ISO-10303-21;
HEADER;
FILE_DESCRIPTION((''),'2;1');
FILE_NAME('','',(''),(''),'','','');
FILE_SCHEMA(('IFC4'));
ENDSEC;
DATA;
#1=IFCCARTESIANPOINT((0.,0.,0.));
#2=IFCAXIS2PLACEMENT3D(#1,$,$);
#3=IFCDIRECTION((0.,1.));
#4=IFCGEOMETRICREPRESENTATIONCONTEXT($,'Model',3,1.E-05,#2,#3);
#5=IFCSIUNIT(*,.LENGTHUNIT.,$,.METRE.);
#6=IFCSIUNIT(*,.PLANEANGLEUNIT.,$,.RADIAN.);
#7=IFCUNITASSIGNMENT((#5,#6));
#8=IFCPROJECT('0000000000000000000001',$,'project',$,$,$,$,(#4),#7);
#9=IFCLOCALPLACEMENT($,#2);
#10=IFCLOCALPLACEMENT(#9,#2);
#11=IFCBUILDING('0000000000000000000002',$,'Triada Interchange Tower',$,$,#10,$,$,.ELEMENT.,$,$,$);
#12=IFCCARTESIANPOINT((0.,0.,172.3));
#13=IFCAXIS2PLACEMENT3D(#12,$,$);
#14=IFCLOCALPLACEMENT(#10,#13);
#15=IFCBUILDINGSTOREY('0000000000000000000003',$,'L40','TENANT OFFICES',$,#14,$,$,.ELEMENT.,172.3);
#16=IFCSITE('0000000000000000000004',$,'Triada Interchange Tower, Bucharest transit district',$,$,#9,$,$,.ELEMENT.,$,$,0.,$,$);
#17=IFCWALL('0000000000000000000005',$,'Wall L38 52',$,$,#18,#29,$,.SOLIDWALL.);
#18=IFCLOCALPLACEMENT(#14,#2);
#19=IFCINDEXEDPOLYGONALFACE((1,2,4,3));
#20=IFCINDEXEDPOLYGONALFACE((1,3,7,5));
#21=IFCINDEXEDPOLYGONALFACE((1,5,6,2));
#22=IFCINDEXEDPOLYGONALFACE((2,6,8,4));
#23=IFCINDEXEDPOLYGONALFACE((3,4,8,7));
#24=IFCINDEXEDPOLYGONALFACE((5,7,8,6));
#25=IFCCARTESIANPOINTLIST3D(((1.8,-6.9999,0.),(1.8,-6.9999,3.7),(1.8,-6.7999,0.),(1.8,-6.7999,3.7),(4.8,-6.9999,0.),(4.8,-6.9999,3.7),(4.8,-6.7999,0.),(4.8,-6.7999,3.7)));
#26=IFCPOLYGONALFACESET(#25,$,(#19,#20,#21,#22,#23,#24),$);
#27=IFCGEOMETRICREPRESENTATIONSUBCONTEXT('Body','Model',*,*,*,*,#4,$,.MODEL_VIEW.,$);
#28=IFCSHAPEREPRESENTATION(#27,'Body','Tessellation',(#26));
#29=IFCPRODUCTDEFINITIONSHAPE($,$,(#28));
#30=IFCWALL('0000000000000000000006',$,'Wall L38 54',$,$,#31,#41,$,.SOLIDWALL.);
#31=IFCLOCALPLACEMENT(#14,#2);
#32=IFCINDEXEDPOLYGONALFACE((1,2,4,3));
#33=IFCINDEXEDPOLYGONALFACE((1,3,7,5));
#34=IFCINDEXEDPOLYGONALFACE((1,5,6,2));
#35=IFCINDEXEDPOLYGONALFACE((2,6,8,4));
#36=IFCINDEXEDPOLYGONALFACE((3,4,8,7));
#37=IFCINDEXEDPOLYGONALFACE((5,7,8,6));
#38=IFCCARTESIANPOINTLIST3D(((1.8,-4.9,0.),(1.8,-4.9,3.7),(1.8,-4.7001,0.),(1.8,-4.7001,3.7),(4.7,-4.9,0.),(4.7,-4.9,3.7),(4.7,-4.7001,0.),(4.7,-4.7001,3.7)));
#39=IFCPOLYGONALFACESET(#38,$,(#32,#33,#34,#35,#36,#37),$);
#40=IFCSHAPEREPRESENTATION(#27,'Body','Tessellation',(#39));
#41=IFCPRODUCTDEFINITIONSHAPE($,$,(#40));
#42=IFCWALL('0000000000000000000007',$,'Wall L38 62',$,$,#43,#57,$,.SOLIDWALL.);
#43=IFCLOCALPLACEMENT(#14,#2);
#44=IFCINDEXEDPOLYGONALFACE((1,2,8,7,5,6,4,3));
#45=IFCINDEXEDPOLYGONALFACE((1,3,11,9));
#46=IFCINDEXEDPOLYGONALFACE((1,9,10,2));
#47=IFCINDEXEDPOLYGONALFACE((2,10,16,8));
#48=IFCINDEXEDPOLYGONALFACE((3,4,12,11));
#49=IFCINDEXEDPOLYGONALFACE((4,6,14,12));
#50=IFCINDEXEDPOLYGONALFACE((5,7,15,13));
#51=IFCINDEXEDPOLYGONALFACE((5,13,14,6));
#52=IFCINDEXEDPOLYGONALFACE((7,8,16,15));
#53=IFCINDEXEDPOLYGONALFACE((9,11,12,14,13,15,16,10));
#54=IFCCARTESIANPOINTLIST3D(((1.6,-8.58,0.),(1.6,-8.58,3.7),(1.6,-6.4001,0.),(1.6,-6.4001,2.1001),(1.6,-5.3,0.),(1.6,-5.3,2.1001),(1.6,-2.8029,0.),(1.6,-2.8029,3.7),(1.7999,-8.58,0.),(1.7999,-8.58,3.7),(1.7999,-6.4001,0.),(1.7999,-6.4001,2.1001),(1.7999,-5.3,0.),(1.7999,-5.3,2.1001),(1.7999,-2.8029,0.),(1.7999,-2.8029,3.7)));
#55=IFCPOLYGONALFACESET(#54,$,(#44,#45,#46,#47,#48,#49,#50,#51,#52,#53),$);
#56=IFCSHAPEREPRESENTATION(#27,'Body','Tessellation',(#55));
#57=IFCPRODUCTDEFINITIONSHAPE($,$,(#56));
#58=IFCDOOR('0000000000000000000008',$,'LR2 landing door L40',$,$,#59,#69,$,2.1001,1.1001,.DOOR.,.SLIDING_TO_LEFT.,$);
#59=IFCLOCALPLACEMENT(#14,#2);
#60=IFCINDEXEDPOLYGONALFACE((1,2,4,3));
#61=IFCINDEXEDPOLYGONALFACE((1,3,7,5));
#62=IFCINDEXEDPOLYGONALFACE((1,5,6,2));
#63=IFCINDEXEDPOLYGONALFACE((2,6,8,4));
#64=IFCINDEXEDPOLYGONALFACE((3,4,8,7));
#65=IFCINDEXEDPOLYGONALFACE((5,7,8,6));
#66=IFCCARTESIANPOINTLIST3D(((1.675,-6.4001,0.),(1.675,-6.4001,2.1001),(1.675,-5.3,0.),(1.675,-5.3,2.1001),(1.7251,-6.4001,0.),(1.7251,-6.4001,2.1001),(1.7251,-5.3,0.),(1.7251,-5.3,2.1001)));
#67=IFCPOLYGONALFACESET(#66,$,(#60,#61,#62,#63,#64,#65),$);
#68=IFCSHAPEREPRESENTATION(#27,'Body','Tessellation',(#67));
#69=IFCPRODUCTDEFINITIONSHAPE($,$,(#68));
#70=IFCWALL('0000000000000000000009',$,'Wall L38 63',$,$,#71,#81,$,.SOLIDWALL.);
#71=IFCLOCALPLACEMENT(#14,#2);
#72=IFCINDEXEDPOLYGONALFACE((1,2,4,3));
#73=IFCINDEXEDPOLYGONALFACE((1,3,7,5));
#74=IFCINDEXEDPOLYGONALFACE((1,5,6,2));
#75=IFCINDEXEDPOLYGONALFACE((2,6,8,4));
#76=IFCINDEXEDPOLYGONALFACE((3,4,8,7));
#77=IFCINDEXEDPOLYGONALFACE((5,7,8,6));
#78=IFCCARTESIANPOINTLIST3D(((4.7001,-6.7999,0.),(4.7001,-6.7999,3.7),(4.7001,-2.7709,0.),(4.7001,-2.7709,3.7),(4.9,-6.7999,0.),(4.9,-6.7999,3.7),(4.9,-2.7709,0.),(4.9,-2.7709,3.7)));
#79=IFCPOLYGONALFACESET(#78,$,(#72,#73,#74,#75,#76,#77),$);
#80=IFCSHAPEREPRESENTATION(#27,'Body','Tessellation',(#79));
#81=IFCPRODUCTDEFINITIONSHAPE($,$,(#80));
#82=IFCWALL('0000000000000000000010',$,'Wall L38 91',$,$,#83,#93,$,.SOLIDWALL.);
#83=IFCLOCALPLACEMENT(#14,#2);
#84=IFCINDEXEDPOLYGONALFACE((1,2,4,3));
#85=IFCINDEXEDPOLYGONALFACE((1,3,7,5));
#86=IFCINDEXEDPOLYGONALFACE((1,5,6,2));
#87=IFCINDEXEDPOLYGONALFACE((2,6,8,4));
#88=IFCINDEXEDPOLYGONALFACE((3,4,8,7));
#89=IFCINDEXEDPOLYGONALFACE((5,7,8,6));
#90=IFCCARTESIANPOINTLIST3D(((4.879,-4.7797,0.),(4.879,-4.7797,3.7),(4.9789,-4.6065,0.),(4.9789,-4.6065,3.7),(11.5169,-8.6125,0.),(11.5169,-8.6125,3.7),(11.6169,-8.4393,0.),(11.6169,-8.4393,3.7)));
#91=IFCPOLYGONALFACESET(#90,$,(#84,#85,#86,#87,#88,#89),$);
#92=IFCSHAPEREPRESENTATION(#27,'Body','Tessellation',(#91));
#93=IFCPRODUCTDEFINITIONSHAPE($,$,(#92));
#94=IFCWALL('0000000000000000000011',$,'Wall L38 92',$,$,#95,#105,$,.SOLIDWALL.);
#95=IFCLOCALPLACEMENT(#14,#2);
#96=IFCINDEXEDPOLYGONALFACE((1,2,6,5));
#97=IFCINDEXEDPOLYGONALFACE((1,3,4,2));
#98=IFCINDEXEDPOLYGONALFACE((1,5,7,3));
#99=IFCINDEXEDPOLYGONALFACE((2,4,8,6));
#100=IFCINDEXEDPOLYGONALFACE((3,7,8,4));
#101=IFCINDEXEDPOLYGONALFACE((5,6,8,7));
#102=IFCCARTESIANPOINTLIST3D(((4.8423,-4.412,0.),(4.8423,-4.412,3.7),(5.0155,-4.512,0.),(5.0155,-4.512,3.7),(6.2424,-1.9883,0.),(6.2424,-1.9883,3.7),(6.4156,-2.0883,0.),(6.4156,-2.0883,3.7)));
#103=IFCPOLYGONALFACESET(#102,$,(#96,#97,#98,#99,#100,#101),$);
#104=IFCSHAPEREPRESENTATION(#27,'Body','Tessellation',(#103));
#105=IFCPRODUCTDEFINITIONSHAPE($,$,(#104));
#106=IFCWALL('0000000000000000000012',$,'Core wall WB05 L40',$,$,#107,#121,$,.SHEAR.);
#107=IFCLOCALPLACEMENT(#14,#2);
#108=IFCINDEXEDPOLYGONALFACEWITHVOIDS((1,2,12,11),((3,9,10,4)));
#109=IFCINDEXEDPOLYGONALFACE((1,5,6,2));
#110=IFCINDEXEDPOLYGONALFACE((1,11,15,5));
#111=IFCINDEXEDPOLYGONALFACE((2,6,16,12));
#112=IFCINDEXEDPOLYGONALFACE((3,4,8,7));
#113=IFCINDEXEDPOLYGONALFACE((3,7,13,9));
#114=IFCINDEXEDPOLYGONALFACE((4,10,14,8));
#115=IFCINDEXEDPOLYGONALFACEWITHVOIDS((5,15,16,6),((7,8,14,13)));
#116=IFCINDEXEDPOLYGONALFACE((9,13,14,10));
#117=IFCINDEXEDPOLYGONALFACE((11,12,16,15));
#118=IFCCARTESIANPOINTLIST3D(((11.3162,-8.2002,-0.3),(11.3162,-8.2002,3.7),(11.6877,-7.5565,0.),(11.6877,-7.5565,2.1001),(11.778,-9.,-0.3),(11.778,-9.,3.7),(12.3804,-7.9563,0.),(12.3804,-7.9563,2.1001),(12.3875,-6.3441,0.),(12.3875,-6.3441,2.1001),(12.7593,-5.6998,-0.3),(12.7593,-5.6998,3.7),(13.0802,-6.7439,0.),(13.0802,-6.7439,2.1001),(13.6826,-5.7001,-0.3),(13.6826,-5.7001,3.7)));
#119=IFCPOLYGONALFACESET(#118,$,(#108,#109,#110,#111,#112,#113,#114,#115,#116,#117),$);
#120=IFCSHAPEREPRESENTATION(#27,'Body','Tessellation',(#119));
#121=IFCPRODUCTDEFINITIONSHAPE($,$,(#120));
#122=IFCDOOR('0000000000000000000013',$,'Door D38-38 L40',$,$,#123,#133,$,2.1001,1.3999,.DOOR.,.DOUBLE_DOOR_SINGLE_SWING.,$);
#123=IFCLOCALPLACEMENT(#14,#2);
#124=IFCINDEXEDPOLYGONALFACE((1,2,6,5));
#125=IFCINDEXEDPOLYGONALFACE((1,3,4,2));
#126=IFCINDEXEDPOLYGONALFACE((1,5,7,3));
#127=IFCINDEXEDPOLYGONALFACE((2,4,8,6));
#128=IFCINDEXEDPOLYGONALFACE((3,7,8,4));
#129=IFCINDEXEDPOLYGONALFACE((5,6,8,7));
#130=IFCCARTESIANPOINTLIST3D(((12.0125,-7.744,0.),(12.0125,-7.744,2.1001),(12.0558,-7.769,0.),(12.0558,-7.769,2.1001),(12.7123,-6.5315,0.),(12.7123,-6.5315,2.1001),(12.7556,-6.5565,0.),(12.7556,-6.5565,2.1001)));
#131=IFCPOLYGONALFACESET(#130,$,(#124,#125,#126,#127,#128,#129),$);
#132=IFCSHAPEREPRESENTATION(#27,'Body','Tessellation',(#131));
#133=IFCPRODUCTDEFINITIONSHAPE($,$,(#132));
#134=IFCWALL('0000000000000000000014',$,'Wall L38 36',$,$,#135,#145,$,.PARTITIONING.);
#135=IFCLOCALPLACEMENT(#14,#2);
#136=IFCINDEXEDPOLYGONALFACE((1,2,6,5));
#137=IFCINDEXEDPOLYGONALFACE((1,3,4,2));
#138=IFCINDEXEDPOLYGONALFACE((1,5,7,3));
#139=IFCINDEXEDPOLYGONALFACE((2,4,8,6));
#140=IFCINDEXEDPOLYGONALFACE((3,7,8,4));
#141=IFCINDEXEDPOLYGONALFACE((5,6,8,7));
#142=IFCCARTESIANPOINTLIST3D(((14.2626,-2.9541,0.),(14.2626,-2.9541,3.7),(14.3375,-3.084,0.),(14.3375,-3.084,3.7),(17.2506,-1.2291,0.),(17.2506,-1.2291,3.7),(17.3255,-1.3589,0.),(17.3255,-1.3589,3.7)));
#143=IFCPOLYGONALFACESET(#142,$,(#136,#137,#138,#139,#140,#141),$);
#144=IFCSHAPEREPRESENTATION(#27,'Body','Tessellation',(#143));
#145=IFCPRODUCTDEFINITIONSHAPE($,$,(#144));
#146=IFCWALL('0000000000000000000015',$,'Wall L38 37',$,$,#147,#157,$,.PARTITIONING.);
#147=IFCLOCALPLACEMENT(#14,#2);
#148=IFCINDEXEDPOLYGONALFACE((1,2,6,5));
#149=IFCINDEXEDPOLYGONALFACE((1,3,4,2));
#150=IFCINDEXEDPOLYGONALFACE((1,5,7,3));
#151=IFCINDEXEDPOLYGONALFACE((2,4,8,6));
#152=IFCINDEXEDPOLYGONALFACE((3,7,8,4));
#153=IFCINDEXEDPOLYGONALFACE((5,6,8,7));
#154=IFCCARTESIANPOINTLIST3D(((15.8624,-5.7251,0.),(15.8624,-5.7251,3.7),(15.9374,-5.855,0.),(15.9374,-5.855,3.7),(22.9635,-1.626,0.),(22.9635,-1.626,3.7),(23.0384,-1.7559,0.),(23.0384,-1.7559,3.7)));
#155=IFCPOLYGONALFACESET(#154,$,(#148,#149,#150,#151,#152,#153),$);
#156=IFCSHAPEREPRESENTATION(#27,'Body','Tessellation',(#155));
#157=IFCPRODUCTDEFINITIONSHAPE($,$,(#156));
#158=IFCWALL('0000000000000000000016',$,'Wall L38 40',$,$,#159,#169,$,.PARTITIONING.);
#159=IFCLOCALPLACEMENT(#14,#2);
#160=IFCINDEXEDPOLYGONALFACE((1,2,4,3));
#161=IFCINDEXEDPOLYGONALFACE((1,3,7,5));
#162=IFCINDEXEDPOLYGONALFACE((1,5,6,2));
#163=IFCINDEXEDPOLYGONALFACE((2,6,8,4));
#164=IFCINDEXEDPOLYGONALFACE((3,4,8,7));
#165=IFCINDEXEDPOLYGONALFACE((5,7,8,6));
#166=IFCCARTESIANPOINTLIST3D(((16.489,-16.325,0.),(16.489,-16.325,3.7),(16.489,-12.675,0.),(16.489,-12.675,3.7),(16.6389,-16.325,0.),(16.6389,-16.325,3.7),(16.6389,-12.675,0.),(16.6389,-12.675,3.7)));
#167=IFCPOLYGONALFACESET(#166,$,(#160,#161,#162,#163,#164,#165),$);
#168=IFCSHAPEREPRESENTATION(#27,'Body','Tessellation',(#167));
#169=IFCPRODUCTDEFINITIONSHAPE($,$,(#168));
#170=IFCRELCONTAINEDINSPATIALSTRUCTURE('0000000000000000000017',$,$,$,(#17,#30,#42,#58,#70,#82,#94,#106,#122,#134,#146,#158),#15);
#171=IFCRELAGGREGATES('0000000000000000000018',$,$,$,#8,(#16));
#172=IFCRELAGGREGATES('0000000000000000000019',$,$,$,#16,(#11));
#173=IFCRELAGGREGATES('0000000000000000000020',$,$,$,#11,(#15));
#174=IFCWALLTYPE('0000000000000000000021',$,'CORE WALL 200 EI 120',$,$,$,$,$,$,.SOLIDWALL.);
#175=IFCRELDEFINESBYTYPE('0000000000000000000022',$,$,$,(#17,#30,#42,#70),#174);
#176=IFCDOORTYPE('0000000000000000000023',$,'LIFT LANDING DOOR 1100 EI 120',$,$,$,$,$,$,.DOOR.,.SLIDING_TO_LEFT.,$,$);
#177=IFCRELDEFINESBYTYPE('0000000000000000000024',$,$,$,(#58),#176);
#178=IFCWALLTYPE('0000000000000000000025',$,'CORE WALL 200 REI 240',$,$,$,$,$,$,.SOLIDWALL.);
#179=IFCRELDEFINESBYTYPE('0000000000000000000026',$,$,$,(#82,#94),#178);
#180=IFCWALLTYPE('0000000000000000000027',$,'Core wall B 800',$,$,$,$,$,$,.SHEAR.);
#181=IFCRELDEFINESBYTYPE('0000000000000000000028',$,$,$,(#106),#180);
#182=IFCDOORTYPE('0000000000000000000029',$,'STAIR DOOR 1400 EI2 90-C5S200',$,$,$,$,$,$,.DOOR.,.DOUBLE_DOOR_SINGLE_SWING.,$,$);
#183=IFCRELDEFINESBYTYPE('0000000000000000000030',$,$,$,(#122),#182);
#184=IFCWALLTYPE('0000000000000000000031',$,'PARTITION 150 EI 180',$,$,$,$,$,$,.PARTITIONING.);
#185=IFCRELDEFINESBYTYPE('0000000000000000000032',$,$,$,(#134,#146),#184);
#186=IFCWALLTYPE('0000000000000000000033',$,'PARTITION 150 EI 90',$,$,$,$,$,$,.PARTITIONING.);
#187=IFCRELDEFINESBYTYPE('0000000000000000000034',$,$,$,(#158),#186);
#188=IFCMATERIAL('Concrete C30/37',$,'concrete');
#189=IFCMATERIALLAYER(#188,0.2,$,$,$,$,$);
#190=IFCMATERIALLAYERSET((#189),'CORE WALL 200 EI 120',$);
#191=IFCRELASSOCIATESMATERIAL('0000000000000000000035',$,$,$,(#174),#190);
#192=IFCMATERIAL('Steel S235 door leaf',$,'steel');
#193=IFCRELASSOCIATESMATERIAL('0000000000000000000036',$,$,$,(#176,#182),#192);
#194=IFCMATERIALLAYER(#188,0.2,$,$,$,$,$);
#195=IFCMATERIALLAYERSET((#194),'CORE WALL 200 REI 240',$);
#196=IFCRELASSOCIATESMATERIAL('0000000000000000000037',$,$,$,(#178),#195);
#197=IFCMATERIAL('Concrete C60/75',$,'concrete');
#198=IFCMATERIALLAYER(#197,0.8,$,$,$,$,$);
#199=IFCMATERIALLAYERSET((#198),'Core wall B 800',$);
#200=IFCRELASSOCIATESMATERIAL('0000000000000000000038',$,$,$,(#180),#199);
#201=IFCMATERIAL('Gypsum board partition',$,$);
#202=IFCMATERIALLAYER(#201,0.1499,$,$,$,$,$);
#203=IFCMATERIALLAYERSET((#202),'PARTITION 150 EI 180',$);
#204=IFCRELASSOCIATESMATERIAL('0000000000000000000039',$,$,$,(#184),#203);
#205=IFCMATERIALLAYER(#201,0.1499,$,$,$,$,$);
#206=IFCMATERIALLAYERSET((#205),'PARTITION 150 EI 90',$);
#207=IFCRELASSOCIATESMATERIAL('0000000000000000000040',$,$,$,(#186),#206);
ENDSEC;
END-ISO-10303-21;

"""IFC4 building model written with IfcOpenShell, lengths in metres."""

from ifc_helpers import new_model, si_unit, direction, frame, frame_2d, origin, place, context, subcontext, project, spatial, polyline, rectangle, outline, extrude, material, layer, layer_set, type_object, element, fill, save


model = new_model("IFC4")

# Units and contexts
model_context = context("Model", 3, precision=1e-05, world=origin(), true_north=direction((0.0, 1.0)))
body_context = subcontext(model_context, "Body", "Model", "MODEL_VIEW")
ifc_project = project(units=[si_unit("LENGTHUNIT", "METRE"), si_unit("PLANEANGLEUNIT", "RADIAN")], contexts=[model_context])

# Site, building, storey
site_placement = place(None, origin())
site = spatial("IfcSite", under=ifc_project, at=site_placement, Name="Triada Interchange Tower, Bucharest transit district", CompositionType="ELEMENT", RefElevation=0.0)
building_placement = place(site_placement, origin())
building = spatial("IfcBuilding", under=site, at=building_placement, Name="Triada Interchange Tower", CompositionType="ELEMENT")
storey_placement = place(building_placement, frame((0.0, 0.0, 172.3)))
storey = spatial("IfcBuildingStorey", under=building, at=storey_placement, Name="L40", Description="TENANT OFFICES", CompositionType="ELEMENT", Elevation=172.3)

# Walls
ifc_material_1 = material(Name="Concrete C30/37", Category="concrete")
ifc_layer_1 = layer(ifc_material_1, 0.2)
ifc_layer_set_1 = layer_set([ifc_layer_1], Name="CORE WALL 200 EI 120")
wall_type_1 = type_object("IfcWallType", Name="CORE WALL 200 EI 120", PredefinedType="SOLIDWALL", material=ifc_layer_set_1)
wall_1_placement = place(storey_placement, frame((1.8, -6.8999, 0.0), z_axis=(0.0, 0.0, 1.0), x_axis=(1.0, 0.0, 0.0)))
element("IfcWall", 1, at=wall_1_placement, inside=storey, type_object=wall_type_1, Name="Wall L38 52", PredefinedType="SOLIDWALL", context=body_context, shape_type="SweptSolid", body=[
    extrude(rectangle(XDim=3.0, YDim=0.2, at=frame_2d((1.5, 0.0))), origin(), (0.0, 0.0, 1.0), 3.7),
])
wall_2_placement = place(storey_placement, frame((1.8, -4.8, 0.0), z_axis=(0.0, 0.0, 1.0), x_axis=(1.0, 0.0, 0.0)))
element("IfcWall", 2, at=wall_2_placement, inside=storey, type_object=wall_type_1, Name="Wall L38 54", PredefinedType="SOLIDWALL", context=body_context, shape_type="SweptSolid", body=[
    extrude(rectangle(XDim=2.8999, YDim=0.2, at=frame_2d((1.45, 0.0))), origin(), (0.0, 0.0, 1.0), 3.7),
])

# Wall, opening, door
wall_3_placement = place(storey_placement, frame((1.7, -8.5801, 0.0), z_axis=(0.0, 0.0, 1.0), x_axis=(0.0, 1.0, 0.0)))
wall_3 = element("IfcWall", 3, at=wall_3_placement, inside=storey, type_object=wall_type_1, Name="Wall L38 62", PredefinedType="SOLIDWALL", context=body_context, shape_type="SweptSolid", body=[
    extrude(rectangle(XDim=5.7771, YDim=0.2, at=frame_2d((2.8887, 0.0))), origin(), (0.0, 0.0, 1.0), 3.7),
])
opening_1_placement = place(wall_3_placement, frame((2.1799, 0.0, 0.0)))
opening_1 = element("IfcOpeningElement", 4, at=opening_1_placement, cuts=wall_3, PredefinedType="OPENING", context=body_context, shape_type="SweptSolid", body=[
    extrude(rectangle(XDim=1.1001, YDim=2.1001, at=frame_2d((0.55, 1.05))), frame((0.0, 0.1099, 0.0), z_axis=(0.0, -1.0, 0.0), x_axis=(1.0, 0.0, 0.0)), (0.0, 0.0, 1.0), 0.22),
])
ifc_material_2 = material(Name="Steel S235 door leaf", Category="steel")
door_type_1 = type_object("IfcDoorType", Name="LIFT LANDING DOOR 1100 EI 120", OperationType="SLIDING_TO_LEFT", PredefinedType="DOOR", material=ifc_material_2)
door_1_placement = place(opening_1_placement, origin())
door_1 = element("IfcDoor", 5, at=door_1_placement, inside=storey, type_object=door_type_1, Name="LR2 landing door L40", OperationType="SLIDING_TO_LEFT", OverallHeight=2.1001, OverallWidth=1.1001, PredefinedType="DOOR", context=body_context, shape_type="SweptSolid", body=[
    extrude(rectangle(XDim=1.1001, YDim=2.1001, at=frame_2d((0.55, 1.05))), frame((0.0, 0.0249, 0.0), z_axis=(0.0, -1.0, 0.0), x_axis=(1.0, 0.0, 0.0)), (0.0, 0.0, 1.0), 0.05),
])
fill(opening_1, door_1)

# Walls
wall_4_placement = place(storey_placement, frame((4.8, -6.8, 0.0), z_axis=(0.0, 0.0, 1.0), x_axis=(0.0, 1.0, 0.0)))
element("IfcWall", 6, at=wall_4_placement, inside=storey, type_object=wall_type_1, Name="Wall L38 63", PredefinedType="SOLIDWALL", context=body_context, shape_type="SweptSolid", body=[
    extrude(rectangle(XDim=4.0291, YDim=0.2, at=frame_2d((2.0146, 0.0))), origin(), (0.0, 0.0, 1.0), 3.7),
])
ifc_layer_2 = layer(ifc_material_1, 0.2)
ifc_layer_set_2 = layer_set([ifc_layer_2], Name="CORE WALL 200 REI 240")
wall_type_2 = type_object("IfcWallType", Name="CORE WALL 200 REI 240", PredefinedType="SOLIDWALL", material=ifc_layer_set_2)
wall_5_placement = place(storey_placement, frame((4.929, -4.6931, 0.0), z_axis=(0.0, 0.0, 1.0), x_axis=(0.866006, -0.500034, 0.0)))
element("IfcWall", 7, at=wall_5_placement, inside=storey, type_object=wall_type_2, Name="Wall L38 91", PredefinedType="SOLIDWALL", context=body_context, shape_type="SweptSolid", body=[
    extrude(rectangle(XDim=7.665, YDim=0.2, at=frame_2d((3.8325, 0.0))), origin(), (0.0, 0.0, 1.0), 3.7),
])
wall_6_placement = place(storey_placement, frame((4.929, -4.4619, 0.0), z_axis=(0.0, 0.0, 1.0), x_axis=(0.500201, 0.86591, 0.0)))
element("IfcWall", 8, at=wall_6_placement, inside=storey, type_object=wall_type_2, Name="Wall L38 92", PredefinedType="SOLIDWALL", context=body_context, shape_type="SweptSolid", body=[
    extrude(rectangle(XDim=2.7991, YDim=0.2, at=frame_2d((1.3994, 0.0))), origin(), (0.0, 0.0, 1.0), 3.7),
])

# Wall, opening, door
ifc_material_3 = material(Name="Concrete C60/75", Category="concrete")
ifc_layer_3 = layer(ifc_material_3, 0.8)
ifc_layer_set_3 = layer_set([ifc_layer_3], Name="Core wall B 800")
wall_type_3 = type_object("IfcWallType", Name="Core wall B 800", PredefinedType="SHEAR", material=ifc_layer_set_3)
wall_7_placement = place(storey_placement, frame((11.5471, -8.6001, -0.3), z_axis=(0.0, 0.0, 1.0), x_axis=(0.499872, 0.866099, 0.0)))
wall_7 = element("IfcWall", 9, at=wall_7_placement, inside=storey, type_object=wall_type_3, Name="Core wall WB05 L40", PredefinedType="SHEAR", context=body_context, shape_type="SweptSolid", body=[
    extrude(outline(polyline([(-0.231, -0.3999), (1.6741, -0.3999), (3.5791, -0.3999), (3.1179, 0.3999), (1.6743, 0.3999), (0.231, 0.3999), (-0.231, -0.3999)])), origin(), (0.0, 0.0, 1.0), 4.0),
])
opening_2_placement = place(wall_7_placement, frame((0.9741, 0.0, 0.3)))
opening_2 = element("IfcOpeningElement", 10, at=opening_2_placement, cuts=wall_7, PredefinedType="OPENING", context=body_context, shape_type="SweptSolid", body=[
    extrude(rectangle(XDim=1.3999, YDim=2.1001, at=frame_2d((0.7, 1.05))), frame((0.0, 0.4099, 0.0), z_axis=(0.0, -1.0, 0.0), x_axis=(1.0, 0.0, 0.0)), (0.0, 0.0, 1.0), 0.8201),
])
door_type_2 = type_object("IfcDoorType", Name="STAIR DOOR 1400 EI2 90-C5S200", OperationType="DOUBLE_DOOR_SINGLE_SWING", PredefinedType="DOOR", material=ifc_material_2)
door_2_placement = place(opening_2_placement, origin())
door_2 = element("IfcDoor", 11, at=door_2_placement, inside=storey, type_object=door_type_2, Name="Door D38-38 L40", OperationType="DOUBLE_DOOR_SINGLE_SWING", OverallHeight=2.1001, OverallWidth=1.3999, PredefinedType="DOOR", context=body_context, shape_type="SweptSolid", body=[
    extrude(rectangle(XDim=1.3999, YDim=2.1001, at=frame_2d((0.7, 1.05))), frame((0.0, 0.0249, 0.0), z_axis=(0.0, -1.0, 0.0), x_axis=(1.0, 0.0, 0.0)), (0.0, 0.0, 1.0), 0.05),
])
fill(opening_2, door_2)

# Walls
ifc_material_4 = material(Name="Gypsum board partition")
ifc_layer_4 = layer(ifc_material_4, 0.1499)
ifc_layer_set_4 = layer_set([ifc_layer_4], Name="PARTITION 150 EI 180")
wall_type_4 = type_object("IfcWallType", Name="PARTITION 150 EI 180", PredefinedType="PARTITIONING", material=ifc_layer_set_4)
wall_8_placement = place(storey_placement, frame((14.3, -3.019, 0.0), z_axis=(0.0, 0.0, 1.0), x_axis=(0.866031, 0.49999, 0.0)))
element("IfcWall", 12, at=wall_8_placement, inside=storey, type_object=wall_type_4, Name="Wall L38 36", PredefinedType="PARTITIONING", context=body_context, shape_type="SweptSolid", body=[
    extrude(rectangle(XDim=3.4502, YDim=0.1499, at=frame_2d((1.7251, 0.0))), origin(), (0.0, 0.0, 1.0), 3.7),
])
wall_9_placement = place(storey_placement, frame((15.8999, -5.79, 0.0), z_axis=(0.0, 0.0, 1.0), x_axis=(0.866062, 0.499937, 0.0)))
element("IfcWall", 13, at=wall_9_placement, inside=storey, type_object=wall_type_4, Name="Wall L38 37", PredefinedType="PARTITIONING", context=body_context, shape_type="SweptSolid", body=[
    extrude(rectangle(XDim=8.1992, YDim=0.1499, at=frame_2d((4.0996, 0.0))), origin(), (0.0, 0.0, 1.0), 3.7),
])
ifc_layer_5 = layer(ifc_material_4, 0.1499)
ifc_layer_set_5 = layer_set([ifc_layer_5], Name="PARTITION 150 EI 90")
wall_type_5 = type_object("IfcWallType", Name="PARTITION 150 EI 90", PredefinedType="PARTITIONING", material=ifc_layer_set_5)
wall_10_placement = place(storey_placement, frame((16.564, -16.325, 0.0), z_axis=(0.0, 0.0, 1.0), x_axis=(0.0, 1.0, 0.0)))
element("IfcWall", 14, at=wall_10_placement, inside=storey, type_object=wall_type_5, Name="Wall L38 40", PredefinedType="PARTITIONING", context=body_context, shape_type="SweptSolid", body=[
    extrude(rectangle(XDim=3.6499, YDim=0.1499, at=frame_2d((1.825, 0.0))), origin(), (0.0, 0.0, 1.0), 3.7),
])

save(model, "model.ifc")
